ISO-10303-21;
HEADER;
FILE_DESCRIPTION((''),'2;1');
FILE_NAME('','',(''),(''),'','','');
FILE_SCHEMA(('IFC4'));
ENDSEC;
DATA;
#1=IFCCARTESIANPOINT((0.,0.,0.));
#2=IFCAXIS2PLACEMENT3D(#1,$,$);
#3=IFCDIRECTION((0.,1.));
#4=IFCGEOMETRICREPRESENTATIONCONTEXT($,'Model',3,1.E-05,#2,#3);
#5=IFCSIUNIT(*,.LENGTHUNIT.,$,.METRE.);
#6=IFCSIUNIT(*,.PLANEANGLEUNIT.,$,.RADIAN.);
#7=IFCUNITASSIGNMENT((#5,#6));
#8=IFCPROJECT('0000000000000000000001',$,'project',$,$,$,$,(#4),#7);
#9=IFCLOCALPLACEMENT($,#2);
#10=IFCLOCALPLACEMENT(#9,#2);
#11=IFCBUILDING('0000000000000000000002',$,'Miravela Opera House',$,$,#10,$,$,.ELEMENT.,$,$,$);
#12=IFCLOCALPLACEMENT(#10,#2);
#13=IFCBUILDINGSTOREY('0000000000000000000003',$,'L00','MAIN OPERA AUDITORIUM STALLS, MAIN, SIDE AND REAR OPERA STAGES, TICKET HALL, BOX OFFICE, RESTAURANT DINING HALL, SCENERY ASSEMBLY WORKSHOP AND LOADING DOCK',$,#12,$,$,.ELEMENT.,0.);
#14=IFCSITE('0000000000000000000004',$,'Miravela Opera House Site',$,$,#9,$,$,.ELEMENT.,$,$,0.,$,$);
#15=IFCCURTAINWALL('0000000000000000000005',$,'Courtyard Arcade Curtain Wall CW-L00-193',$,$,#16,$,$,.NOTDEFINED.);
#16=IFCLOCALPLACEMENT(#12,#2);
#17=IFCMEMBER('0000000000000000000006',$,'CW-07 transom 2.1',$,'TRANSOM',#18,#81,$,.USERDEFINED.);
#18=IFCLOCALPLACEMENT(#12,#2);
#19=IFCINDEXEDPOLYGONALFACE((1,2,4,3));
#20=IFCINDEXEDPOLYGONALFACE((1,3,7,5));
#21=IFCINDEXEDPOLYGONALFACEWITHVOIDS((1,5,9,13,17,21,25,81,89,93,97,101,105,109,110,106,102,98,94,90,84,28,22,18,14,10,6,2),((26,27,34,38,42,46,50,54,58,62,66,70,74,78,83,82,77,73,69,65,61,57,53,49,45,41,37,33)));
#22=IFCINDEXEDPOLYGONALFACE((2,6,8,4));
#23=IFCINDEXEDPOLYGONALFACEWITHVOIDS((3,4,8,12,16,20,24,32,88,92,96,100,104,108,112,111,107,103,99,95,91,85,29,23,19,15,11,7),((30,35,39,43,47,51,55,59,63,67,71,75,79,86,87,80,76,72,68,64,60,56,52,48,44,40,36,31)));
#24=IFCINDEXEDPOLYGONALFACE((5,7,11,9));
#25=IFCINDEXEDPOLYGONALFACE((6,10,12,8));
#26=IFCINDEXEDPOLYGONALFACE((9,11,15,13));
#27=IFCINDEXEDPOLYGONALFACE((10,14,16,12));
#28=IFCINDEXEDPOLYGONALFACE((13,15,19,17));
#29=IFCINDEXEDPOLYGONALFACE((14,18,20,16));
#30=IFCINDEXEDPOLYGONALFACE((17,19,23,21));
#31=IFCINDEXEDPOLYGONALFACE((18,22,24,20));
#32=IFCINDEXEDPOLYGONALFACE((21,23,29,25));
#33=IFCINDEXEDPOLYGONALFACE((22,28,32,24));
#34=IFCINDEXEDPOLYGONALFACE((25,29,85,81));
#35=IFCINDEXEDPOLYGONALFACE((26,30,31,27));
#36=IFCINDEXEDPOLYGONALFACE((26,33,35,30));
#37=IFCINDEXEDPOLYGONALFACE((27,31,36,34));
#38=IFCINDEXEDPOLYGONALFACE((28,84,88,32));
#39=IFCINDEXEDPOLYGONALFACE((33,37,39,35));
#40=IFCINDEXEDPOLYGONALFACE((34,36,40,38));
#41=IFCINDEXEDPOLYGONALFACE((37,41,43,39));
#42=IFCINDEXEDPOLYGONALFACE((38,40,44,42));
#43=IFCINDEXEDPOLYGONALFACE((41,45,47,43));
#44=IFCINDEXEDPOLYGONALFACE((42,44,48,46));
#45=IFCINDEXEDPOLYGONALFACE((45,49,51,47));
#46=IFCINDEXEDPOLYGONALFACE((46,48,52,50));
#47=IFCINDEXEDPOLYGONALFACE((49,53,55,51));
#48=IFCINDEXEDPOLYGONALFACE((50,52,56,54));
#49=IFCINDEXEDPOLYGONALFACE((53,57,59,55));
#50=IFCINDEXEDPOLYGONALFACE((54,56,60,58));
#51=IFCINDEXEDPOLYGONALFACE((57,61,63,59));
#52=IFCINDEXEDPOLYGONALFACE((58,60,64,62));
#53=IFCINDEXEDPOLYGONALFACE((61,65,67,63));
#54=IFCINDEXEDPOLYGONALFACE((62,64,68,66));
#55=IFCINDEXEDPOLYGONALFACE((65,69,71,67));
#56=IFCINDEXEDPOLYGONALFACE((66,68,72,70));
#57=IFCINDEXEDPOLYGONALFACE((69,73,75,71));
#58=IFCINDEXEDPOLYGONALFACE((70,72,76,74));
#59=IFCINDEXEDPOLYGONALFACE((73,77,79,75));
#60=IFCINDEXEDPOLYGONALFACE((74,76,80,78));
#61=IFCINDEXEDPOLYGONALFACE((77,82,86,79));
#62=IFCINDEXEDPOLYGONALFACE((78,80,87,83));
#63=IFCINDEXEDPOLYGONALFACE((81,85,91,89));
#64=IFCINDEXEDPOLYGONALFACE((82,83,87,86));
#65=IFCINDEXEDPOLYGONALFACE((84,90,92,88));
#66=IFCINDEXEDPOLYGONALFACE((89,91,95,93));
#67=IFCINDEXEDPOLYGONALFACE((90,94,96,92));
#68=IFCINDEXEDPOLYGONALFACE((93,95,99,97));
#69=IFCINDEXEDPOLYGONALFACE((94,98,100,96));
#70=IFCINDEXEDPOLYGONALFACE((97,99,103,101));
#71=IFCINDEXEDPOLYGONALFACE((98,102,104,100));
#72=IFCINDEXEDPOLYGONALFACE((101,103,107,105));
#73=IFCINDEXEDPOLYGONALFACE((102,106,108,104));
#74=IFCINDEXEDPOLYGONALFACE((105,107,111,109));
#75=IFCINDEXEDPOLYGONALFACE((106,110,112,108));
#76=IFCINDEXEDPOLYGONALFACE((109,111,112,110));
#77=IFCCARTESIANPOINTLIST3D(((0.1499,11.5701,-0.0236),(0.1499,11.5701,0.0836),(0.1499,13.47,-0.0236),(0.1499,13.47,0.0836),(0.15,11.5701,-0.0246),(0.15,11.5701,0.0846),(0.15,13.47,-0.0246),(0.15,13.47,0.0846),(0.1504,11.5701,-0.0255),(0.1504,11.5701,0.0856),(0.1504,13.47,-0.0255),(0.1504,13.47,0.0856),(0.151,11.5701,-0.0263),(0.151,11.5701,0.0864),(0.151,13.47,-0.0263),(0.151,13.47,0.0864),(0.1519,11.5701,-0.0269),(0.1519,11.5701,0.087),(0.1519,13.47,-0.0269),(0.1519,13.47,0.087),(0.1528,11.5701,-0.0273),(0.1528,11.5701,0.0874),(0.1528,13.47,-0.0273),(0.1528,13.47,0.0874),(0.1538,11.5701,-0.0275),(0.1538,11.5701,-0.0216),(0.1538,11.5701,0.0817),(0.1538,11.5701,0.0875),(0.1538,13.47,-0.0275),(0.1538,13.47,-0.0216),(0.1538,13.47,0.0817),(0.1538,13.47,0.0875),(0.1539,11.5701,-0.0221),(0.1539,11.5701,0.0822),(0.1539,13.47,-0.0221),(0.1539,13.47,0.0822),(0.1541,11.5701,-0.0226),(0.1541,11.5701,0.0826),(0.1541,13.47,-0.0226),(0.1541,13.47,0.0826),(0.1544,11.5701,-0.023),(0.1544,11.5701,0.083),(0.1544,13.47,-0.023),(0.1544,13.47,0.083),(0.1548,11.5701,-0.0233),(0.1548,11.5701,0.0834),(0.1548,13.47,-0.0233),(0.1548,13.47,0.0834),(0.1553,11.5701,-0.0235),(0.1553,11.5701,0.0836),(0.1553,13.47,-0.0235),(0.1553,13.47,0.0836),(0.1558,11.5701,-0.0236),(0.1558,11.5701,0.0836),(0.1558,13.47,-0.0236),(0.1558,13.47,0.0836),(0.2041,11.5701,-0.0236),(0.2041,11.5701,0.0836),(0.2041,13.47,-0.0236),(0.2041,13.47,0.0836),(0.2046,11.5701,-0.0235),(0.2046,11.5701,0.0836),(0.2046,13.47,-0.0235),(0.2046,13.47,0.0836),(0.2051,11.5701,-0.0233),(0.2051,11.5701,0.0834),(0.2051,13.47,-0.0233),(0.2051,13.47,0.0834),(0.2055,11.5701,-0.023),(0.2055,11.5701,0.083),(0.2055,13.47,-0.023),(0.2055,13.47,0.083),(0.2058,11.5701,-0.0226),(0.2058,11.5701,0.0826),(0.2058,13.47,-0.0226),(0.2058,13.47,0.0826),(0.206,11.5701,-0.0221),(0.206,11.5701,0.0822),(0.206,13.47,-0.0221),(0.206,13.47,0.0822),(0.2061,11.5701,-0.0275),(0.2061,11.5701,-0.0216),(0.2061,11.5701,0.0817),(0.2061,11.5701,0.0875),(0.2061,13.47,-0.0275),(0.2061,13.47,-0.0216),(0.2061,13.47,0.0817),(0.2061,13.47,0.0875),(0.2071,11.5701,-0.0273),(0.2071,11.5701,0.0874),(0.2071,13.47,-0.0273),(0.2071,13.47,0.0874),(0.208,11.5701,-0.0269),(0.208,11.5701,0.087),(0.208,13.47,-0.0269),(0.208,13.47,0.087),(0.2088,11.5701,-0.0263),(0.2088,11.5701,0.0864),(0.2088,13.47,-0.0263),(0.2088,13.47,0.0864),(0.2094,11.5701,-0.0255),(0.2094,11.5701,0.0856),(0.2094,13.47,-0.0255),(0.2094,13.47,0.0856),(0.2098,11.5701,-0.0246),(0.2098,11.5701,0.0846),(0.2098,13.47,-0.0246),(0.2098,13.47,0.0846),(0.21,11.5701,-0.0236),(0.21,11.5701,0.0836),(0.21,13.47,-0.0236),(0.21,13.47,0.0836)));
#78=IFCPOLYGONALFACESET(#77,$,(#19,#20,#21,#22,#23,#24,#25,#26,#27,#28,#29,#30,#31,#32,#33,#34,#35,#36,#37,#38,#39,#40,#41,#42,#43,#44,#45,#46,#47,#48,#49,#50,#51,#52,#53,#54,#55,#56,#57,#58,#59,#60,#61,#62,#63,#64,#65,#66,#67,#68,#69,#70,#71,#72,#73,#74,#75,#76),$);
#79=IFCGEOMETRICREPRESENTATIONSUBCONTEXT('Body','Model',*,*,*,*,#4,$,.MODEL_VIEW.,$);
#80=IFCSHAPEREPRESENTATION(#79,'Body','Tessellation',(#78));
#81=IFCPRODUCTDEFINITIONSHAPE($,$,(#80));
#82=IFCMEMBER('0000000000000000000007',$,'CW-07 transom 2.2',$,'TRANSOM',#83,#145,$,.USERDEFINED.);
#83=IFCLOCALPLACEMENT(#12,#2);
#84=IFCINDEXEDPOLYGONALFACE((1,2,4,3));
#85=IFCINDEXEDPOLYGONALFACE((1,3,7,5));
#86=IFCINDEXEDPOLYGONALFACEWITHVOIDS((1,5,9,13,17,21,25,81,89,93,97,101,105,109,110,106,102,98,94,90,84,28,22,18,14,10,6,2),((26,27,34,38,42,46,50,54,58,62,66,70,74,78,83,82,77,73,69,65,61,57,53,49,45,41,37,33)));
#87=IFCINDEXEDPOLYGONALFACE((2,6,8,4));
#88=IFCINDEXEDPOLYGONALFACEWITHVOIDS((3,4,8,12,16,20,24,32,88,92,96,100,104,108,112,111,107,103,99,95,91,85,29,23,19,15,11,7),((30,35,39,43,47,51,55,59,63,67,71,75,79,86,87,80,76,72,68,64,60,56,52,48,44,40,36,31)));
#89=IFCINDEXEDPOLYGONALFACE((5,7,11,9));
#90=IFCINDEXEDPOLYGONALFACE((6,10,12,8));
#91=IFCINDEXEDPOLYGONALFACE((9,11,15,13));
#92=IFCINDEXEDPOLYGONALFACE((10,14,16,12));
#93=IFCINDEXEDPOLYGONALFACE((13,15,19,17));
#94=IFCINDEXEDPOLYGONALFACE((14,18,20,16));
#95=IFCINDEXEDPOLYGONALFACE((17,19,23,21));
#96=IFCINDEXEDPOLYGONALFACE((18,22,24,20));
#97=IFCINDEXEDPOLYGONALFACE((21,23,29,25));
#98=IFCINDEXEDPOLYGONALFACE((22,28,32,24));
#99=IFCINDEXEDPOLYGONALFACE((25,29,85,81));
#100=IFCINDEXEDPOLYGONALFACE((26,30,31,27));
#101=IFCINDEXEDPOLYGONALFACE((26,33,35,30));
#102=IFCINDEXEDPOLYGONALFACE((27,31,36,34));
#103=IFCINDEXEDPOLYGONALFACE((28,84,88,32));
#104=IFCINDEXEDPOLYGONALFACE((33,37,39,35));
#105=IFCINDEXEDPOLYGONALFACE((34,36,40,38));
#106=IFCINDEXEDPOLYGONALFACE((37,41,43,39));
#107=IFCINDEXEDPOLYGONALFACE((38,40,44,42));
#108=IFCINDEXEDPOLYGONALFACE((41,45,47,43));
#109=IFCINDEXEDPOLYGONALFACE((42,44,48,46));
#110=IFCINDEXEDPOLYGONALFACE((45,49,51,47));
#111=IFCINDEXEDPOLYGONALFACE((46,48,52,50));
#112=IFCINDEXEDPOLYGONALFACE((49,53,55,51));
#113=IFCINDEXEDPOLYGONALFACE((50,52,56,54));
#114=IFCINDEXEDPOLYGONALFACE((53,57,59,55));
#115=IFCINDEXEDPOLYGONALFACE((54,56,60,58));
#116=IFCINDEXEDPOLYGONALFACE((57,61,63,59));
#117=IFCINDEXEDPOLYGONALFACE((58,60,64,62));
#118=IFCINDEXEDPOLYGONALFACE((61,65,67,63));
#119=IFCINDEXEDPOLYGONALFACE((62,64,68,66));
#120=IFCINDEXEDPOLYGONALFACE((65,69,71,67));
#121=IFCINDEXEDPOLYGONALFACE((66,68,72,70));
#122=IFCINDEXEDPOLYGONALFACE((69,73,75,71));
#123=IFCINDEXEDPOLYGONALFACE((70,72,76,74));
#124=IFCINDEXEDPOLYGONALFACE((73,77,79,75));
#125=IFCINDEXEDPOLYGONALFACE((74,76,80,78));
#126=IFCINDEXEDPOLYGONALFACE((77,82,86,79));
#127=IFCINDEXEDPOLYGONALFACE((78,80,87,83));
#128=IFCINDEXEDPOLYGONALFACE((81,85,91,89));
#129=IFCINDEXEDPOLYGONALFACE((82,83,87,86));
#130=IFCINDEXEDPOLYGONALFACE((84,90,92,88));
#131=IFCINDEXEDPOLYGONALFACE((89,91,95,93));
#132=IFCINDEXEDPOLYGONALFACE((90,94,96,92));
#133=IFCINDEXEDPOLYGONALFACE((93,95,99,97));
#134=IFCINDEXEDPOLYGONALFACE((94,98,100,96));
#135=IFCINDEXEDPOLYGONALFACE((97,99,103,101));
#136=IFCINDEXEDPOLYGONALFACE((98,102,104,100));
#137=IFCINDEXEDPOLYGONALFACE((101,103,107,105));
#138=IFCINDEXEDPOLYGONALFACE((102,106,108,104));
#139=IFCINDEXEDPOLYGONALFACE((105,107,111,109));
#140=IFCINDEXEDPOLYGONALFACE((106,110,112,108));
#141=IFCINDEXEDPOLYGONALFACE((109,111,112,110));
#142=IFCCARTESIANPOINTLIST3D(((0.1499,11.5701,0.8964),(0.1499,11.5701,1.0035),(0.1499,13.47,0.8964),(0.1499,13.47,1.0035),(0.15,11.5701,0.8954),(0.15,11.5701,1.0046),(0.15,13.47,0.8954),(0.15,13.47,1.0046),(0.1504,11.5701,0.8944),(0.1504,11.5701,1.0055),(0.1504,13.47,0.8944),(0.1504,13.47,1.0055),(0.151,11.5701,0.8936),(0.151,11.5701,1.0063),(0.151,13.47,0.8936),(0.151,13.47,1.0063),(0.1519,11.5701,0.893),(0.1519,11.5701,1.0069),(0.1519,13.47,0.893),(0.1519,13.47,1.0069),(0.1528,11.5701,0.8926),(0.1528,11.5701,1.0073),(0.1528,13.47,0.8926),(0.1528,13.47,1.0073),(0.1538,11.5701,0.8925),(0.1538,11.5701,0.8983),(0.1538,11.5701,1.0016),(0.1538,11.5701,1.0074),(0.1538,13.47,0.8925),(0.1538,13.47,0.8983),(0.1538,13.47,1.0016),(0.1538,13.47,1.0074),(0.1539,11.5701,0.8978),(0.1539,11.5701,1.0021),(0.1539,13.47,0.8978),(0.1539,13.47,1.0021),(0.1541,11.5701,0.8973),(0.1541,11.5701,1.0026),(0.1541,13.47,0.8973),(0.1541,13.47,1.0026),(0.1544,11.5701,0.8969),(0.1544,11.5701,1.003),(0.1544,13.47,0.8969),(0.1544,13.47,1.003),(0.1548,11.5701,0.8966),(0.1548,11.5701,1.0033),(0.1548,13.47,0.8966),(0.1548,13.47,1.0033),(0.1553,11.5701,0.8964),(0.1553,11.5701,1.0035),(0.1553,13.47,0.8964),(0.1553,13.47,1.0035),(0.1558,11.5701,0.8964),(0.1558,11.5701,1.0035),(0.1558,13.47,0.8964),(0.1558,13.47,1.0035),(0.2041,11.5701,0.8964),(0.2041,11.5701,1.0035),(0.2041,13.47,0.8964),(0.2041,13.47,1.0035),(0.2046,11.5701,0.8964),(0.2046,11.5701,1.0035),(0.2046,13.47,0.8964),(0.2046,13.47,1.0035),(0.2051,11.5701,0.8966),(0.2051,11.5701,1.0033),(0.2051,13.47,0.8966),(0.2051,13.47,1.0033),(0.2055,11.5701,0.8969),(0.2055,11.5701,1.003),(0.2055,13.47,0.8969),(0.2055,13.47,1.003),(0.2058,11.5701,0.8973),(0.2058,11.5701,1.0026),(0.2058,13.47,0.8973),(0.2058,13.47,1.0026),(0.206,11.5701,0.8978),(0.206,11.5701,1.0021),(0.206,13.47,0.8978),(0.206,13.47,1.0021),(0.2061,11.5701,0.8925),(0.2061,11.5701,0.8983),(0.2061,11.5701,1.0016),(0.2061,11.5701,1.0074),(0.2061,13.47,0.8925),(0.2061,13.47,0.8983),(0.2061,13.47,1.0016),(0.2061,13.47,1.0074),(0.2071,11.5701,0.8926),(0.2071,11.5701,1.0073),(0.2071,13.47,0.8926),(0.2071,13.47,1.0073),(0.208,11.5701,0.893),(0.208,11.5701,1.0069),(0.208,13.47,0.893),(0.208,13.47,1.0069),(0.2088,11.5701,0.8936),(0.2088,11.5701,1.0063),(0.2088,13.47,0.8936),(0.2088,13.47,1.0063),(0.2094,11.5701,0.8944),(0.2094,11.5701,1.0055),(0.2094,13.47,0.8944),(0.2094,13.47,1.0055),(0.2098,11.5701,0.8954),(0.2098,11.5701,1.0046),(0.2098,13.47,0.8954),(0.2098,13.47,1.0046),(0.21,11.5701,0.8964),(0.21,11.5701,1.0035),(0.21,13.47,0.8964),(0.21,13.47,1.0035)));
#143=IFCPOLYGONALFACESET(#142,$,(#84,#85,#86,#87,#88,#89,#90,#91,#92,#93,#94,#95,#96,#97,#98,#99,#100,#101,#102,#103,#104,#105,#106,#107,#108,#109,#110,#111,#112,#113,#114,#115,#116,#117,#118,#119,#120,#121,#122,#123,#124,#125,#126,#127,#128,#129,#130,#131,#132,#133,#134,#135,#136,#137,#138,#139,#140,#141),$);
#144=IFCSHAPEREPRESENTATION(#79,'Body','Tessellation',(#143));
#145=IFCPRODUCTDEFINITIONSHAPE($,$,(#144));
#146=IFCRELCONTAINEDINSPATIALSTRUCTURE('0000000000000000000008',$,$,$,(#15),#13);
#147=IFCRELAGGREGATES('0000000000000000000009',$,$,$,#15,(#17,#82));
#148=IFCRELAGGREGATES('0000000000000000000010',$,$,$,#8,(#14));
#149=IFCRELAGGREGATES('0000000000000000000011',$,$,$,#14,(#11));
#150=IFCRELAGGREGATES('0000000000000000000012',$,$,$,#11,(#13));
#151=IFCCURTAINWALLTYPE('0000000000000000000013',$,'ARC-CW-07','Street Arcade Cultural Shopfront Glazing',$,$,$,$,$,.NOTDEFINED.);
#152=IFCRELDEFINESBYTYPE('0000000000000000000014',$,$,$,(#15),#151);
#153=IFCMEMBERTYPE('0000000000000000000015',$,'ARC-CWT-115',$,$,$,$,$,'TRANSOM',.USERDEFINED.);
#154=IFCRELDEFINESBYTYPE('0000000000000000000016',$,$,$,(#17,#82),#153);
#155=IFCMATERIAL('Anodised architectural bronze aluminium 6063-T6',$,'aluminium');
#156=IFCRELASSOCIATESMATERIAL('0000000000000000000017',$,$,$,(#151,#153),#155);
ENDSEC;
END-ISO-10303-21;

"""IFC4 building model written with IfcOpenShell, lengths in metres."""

from ifc_helpers import new_model, si_unit, direction, frame, origin, origin_2d, place, context, subcontext, project, spatial, hollow_rectangle, extrude, material, material_profile, profile_set, type_object, element, aggregate, save


model = new_model("IFC4")

# Units and contexts
model_context = context("Model", 3, precision=1e-05, world=origin(), true_north=direction((0.0, 1.0)))
body_context = subcontext(model_context, "Body", "Model", "MODEL_VIEW")
ifc_project = project(units=[si_unit("LENGTHUNIT", "METRE"), si_unit("PLANEANGLEUNIT", "RADIAN")], contexts=[model_context])

# Site, building, storey
site_placement = place(None, origin())
site = spatial("IfcSite", under=ifc_project, at=site_placement, Name="Miravela Opera House Site", CompositionType="ELEMENT", RefElevation=0.0)
building_placement = place(site_placement, origin())
building = spatial("IfcBuilding", under=site, at=building_placement, Name="Miravela Opera House", CompositionType="ELEMENT")
storey_placement = place(building_placement, origin())
storey = spatial("IfcBuildingStorey", under=building, at=storey_placement, Name="L00", Description="MAIN OPERA AUDITORIUM STALLS, MAIN, SIDE AND REAR OPERA STAGES, TICKET HALL, BOX OFFICE, RESTAURANT DINING HALL, SCENERY ASSEMBLY WORKSHOP AND LOADING DOCK", CompositionType="ELEMENT", Elevation=0.0)

# Shared definitions
ifc_material_1 = material(Name="Anodised architectural bronze aluminium 6063-T6", Category="aluminium")
curtain_wall_type = type_object("IfcCurtainWallType", Name="ARC-CW-07", Description="Street Arcade Cultural Shopfront Glazing", PredefinedType="NOTDEFINED", material=ifc_material_1)

# Curtain wall
curtain_wall_1_placement = place(storey_placement, origin())
curtain_wall_1 = element("IfcCurtainWall", 1, at=curtain_wall_1_placement, inside=storey, type_object=curtain_wall_type, Name="Courtyard Arcade Curtain Wall CW-L00-193", PredefinedType="NOTDEFINED")

# Members
ifc_material_profile_1 = material_profile(ifc_material_1, hollow_rectangle(XDim=0.0601, YDim=0.115, WallThickness=0.0039, InnerFilletRadius=0.002, OuterFilletRadius=0.0039, at=origin_2d()), Name="CWT-60X115")
ifc_profile_set_1 = profile_set([ifc_material_profile_1])
member_type_1 = type_object("IfcMemberType", Name="ARC-CWT-115", ElementType="TRANSOM", PredefinedType="USERDEFINED", material=ifc_profile_set_1)
member_1_placement = place(storey_placement, frame((0.1799, 11.5701, 0.03), z_axis=(0.0, 1.0, 0.0), x_axis=(-1.0, 0.0, 0.0)))
member_1 = element("IfcMember", 2, at=member_1_placement, type_object=member_type_1, Name="CW-07 transom 2.1", ObjectType="TRANSOM", PredefinedType="USERDEFINED", context=body_context, shape_type="SweptSolid", body=[
    extrude(hollow_rectangle(XDim=0.0601, YDim=0.115, WallThickness=0.0039, InnerFilletRadius=0.002, OuterFilletRadius=0.0039, at=origin_2d()), origin(), (0.0, 0.0, 1.0), 1.8999),
])
member_2_placement = place(storey_placement, frame((0.1799, 11.5701, 0.95), z_axis=(0.0, 1.0, 0.0), x_axis=(-1.0, 0.0, 0.0)))
member_2 = element("IfcMember", 3, at=member_2_placement, type_object=member_type_1, Name="CW-07 transom 2.2", ObjectType="TRANSOM", PredefinedType="USERDEFINED", context=body_context, shape_type="SweptSolid", body=[
    extrude(hollow_rectangle(XDim=0.0601, YDim=0.115, WallThickness=0.0039, InnerFilletRadius=0.002, OuterFilletRadius=0.0039, at=origin_2d()), origin(), (0.0, 0.0, 1.0), 1.8999),
])

aggregate(curtain_wall_1, [member_1, member_2])

save(model, "model.ifc")
